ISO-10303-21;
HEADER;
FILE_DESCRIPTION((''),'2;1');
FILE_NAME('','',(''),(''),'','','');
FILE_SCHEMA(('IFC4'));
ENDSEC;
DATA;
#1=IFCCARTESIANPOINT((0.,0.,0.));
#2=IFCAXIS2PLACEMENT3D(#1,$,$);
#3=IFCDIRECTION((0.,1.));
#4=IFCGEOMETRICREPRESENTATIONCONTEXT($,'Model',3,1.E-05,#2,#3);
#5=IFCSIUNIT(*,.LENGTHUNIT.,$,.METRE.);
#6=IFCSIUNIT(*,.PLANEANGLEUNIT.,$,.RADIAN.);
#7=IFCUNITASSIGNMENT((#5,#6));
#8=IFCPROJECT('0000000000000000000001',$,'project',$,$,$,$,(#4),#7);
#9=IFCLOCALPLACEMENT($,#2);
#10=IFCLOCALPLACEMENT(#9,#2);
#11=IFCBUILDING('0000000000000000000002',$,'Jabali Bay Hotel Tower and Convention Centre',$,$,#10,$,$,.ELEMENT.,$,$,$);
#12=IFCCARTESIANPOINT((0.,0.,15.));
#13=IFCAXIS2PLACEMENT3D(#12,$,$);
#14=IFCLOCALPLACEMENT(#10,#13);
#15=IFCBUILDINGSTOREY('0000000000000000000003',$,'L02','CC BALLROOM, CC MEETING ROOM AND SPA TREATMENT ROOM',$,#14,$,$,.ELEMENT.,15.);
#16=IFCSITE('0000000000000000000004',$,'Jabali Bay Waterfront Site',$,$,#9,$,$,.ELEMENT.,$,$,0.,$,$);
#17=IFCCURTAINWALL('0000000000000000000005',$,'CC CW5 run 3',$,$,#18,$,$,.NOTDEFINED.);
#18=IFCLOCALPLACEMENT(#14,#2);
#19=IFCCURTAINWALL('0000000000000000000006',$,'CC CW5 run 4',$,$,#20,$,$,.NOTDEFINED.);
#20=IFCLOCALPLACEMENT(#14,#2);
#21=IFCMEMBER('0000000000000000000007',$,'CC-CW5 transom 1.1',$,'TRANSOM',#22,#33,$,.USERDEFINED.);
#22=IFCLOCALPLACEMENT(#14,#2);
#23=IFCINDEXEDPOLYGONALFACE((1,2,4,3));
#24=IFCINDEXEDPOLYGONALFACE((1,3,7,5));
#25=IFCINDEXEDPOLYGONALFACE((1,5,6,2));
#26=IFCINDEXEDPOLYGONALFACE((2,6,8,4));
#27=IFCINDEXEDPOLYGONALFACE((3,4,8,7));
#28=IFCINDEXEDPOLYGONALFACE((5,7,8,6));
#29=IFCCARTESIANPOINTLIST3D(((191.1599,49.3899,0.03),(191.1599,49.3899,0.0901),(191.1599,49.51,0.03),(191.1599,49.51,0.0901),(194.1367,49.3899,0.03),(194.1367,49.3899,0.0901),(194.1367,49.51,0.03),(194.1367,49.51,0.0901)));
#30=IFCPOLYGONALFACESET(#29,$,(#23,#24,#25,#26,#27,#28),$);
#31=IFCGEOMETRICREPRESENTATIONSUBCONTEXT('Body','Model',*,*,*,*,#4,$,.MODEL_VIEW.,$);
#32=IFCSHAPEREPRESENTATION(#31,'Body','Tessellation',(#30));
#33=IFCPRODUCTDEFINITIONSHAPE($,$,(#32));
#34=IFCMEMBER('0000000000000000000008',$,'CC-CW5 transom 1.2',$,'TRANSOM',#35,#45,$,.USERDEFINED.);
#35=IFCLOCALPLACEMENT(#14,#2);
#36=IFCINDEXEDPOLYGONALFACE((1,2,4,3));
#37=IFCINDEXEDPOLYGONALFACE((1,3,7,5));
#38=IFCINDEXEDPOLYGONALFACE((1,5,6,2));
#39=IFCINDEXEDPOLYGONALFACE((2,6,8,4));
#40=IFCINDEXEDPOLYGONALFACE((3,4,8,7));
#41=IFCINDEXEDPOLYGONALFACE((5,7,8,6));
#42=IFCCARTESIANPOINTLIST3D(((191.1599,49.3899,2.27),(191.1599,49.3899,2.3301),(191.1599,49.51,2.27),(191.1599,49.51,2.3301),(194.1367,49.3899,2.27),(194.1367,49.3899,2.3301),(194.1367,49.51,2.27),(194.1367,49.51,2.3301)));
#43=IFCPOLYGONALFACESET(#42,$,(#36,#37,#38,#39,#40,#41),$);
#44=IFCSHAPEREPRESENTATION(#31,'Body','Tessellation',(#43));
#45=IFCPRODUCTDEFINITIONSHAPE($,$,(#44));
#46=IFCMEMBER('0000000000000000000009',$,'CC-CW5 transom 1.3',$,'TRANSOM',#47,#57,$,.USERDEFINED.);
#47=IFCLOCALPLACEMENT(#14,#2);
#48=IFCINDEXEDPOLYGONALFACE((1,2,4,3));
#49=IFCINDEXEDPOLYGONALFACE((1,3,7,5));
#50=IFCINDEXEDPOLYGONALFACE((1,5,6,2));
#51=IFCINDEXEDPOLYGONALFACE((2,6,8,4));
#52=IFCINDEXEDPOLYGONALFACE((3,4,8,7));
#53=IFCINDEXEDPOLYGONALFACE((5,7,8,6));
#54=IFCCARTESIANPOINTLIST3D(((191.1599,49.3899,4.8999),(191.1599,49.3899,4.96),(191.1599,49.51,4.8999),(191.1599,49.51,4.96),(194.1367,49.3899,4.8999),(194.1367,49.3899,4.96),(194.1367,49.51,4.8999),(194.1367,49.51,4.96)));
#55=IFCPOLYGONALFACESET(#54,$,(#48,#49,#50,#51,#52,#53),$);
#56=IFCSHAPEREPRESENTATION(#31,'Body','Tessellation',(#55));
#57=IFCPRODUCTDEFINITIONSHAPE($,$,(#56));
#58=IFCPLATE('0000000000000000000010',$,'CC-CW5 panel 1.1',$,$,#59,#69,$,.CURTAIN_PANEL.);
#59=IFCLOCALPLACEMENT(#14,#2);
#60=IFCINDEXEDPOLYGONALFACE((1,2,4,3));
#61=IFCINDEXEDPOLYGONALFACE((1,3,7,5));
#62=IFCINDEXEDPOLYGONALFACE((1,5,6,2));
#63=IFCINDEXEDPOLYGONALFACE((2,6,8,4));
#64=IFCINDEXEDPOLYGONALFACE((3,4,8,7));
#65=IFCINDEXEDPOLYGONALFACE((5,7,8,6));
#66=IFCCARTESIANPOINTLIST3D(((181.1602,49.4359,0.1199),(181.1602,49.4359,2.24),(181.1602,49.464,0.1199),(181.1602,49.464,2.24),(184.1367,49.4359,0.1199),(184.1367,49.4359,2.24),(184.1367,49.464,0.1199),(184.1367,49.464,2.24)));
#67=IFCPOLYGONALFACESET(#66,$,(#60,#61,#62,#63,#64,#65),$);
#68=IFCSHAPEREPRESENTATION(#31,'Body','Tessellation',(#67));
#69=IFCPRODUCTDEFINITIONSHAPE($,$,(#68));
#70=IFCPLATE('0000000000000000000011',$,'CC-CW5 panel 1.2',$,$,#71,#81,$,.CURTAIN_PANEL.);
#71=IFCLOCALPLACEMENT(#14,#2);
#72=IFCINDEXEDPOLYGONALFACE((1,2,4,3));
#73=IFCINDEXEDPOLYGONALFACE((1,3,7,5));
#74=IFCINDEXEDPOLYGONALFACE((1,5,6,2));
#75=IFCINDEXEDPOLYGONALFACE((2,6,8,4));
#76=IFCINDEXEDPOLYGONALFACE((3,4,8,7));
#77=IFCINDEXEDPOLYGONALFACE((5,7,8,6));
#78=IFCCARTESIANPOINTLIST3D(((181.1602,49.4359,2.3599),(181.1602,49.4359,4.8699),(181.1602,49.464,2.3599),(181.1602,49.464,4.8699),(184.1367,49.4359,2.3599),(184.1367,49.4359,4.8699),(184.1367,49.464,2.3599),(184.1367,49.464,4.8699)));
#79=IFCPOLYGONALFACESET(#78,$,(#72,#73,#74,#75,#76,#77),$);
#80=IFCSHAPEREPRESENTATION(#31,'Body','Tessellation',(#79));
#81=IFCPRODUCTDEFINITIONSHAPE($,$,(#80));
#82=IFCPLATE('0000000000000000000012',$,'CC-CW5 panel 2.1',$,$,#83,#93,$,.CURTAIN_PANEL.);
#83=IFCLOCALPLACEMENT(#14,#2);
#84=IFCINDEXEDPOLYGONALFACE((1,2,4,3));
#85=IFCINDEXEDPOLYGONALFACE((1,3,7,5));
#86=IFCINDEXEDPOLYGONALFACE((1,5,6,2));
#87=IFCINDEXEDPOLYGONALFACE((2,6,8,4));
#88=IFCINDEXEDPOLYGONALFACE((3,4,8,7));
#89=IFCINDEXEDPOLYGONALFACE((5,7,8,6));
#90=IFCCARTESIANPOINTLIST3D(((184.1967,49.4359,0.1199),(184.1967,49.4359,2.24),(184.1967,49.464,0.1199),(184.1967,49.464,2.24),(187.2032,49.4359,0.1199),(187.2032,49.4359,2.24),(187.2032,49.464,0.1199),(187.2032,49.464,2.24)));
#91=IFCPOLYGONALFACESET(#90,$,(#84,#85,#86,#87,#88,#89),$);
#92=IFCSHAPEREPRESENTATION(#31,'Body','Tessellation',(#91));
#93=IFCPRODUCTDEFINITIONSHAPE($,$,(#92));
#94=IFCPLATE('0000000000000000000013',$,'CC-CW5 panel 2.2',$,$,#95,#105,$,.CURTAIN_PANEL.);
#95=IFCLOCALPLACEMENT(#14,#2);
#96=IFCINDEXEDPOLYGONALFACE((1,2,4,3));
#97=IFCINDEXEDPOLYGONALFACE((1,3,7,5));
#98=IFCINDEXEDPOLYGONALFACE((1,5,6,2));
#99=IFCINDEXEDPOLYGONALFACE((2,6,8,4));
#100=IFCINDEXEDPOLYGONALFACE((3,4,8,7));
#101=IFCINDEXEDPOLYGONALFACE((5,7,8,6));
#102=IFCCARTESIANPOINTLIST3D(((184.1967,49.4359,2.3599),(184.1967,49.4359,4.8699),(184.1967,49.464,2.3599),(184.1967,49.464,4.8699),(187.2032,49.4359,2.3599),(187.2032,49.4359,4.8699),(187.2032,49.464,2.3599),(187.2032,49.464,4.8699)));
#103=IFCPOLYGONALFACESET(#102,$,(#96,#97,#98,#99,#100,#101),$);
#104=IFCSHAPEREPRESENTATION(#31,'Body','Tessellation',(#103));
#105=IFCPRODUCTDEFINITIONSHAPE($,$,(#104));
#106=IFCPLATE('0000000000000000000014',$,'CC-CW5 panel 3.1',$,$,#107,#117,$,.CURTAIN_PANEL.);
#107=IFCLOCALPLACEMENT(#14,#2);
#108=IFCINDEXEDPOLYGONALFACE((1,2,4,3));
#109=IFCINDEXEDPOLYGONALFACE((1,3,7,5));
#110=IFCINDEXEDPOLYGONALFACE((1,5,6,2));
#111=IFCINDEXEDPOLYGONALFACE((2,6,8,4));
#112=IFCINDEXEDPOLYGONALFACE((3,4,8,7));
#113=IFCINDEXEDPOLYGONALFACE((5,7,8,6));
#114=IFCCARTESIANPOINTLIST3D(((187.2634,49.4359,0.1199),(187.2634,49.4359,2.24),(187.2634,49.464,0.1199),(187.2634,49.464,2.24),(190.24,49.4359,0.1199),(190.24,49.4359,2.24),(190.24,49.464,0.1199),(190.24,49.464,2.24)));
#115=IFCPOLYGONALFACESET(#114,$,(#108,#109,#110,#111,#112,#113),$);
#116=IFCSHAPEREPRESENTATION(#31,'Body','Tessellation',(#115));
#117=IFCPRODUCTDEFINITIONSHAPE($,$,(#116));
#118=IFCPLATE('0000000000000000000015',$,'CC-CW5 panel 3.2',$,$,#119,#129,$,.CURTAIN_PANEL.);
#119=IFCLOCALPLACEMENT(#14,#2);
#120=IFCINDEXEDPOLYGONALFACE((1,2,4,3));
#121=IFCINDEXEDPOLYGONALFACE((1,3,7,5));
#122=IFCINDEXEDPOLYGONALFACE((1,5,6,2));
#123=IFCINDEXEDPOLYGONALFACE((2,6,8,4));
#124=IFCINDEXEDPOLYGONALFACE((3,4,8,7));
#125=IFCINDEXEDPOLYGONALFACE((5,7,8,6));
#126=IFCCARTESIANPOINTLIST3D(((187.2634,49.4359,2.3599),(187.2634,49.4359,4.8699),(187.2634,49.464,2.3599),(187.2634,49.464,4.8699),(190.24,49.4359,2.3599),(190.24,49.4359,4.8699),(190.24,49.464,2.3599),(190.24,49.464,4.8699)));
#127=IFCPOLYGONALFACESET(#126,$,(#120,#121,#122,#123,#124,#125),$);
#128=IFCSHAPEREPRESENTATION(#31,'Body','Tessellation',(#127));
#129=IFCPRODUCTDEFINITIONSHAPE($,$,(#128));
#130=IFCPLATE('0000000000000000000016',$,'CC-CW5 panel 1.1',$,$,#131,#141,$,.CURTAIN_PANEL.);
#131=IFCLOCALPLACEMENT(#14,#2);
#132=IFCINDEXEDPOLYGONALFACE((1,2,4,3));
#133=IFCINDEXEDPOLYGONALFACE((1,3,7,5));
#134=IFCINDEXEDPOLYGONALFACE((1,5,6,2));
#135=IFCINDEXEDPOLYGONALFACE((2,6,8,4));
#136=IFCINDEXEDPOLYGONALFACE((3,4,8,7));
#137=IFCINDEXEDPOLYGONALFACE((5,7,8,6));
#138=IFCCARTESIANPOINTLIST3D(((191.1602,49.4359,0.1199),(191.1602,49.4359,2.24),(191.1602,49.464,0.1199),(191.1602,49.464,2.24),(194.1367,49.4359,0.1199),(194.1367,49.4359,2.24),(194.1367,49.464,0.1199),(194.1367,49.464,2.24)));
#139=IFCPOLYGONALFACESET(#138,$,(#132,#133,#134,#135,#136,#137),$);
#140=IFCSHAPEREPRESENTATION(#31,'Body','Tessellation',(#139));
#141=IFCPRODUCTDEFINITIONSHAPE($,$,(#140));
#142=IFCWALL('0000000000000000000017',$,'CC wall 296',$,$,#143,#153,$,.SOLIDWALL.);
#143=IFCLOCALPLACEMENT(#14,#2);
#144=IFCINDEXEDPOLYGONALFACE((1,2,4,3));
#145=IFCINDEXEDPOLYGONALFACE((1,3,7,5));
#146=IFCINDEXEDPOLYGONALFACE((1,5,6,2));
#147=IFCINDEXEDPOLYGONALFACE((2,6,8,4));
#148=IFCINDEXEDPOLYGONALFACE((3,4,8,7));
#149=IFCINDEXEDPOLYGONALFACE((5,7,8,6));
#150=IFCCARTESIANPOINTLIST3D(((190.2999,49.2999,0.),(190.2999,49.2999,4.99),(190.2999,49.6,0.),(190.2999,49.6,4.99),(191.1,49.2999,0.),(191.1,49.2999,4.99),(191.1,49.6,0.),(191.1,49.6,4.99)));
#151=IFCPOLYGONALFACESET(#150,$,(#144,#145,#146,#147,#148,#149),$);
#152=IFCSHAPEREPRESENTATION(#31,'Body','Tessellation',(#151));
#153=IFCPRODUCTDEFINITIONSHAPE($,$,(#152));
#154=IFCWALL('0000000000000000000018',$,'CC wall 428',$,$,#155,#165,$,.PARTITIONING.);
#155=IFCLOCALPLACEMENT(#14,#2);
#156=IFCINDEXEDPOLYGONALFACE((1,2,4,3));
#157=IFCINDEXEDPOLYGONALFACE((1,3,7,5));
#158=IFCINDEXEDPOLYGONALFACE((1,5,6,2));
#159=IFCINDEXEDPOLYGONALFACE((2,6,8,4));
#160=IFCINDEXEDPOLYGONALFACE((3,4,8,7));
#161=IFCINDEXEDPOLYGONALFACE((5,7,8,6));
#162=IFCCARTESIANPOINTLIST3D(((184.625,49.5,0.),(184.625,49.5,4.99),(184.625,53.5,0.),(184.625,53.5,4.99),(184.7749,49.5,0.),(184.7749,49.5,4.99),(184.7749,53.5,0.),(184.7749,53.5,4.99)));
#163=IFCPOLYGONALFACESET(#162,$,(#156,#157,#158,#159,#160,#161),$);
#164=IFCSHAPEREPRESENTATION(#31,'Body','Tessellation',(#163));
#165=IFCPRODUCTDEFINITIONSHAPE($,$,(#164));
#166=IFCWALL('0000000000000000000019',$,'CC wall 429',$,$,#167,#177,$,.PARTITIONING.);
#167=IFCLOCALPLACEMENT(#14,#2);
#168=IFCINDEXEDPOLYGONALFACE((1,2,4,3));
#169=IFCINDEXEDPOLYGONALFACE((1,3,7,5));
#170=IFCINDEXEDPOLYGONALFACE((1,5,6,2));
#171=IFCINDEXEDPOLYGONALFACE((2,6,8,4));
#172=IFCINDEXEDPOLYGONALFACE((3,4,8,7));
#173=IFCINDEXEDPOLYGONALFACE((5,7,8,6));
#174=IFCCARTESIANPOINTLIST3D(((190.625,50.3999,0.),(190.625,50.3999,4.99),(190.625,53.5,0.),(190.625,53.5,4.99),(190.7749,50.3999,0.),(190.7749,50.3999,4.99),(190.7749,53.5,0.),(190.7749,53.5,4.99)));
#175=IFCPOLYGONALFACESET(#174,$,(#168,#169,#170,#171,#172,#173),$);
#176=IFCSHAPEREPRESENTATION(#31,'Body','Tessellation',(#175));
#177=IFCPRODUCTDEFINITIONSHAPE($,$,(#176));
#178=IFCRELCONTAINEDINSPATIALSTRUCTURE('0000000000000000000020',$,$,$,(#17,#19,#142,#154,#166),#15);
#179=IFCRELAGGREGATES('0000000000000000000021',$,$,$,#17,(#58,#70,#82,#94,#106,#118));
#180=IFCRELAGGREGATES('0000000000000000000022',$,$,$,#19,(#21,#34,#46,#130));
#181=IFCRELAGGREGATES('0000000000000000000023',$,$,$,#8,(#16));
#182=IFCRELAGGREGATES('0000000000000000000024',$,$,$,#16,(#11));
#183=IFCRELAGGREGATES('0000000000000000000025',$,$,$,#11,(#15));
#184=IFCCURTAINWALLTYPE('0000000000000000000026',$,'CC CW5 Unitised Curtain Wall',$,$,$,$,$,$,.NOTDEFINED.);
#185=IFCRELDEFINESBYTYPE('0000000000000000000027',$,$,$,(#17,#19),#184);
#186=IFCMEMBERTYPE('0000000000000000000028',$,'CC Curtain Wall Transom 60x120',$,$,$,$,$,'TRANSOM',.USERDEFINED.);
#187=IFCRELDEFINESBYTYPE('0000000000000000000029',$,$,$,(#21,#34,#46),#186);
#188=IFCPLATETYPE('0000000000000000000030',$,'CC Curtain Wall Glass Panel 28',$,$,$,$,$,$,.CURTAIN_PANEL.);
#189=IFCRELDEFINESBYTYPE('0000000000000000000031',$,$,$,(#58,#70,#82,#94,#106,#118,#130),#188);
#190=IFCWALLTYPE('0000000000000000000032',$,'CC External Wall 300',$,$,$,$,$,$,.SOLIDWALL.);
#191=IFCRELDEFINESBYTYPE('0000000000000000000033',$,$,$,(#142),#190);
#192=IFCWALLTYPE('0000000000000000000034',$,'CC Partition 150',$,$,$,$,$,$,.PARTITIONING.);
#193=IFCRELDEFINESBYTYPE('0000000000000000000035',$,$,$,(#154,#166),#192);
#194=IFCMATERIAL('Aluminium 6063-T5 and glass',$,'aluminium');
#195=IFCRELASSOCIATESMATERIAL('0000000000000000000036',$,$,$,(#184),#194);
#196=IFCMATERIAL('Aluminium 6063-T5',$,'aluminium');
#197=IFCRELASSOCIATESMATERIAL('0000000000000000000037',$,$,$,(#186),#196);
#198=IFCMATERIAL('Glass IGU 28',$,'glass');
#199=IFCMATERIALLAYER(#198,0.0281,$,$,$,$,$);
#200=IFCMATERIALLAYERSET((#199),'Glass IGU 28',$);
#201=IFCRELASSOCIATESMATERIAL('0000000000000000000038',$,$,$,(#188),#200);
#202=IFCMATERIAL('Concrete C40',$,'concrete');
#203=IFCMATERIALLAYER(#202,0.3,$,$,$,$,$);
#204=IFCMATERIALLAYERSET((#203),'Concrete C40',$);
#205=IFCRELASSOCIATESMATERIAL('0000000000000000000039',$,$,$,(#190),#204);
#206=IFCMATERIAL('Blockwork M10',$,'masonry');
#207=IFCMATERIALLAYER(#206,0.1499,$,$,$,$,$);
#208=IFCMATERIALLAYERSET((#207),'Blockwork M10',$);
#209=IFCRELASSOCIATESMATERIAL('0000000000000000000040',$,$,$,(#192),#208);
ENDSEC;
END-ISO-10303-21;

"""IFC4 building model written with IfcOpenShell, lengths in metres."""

from ifc_helpers import new_model, si_unit, direction, frame, frame_2d, origin, origin_2d, place, context, subcontext, project, spatial, rectangle, extrude, material, layer, layer_set, material_profile, profile_set, type_object, element, aggregate, save


model = new_model("IFC4")

# Units and contexts
model_context = context("Model", 3, precision=1e-05, world=origin(), true_north=direction((0.0, 1.0)))
body_context = subcontext(model_context, "Body", "Model", "MODEL_VIEW")
ifc_project = project(units=[si_unit("LENGTHUNIT", "METRE"), si_unit("PLANEANGLEUNIT", "RADIAN")], contexts=[model_context])

# Site, building, storey
site_placement = place(None, origin())
site = spatial("IfcSite", under=ifc_project, at=site_placement, Name="Jabali Bay Waterfront Site", CompositionType="ELEMENT", RefElevation=0.0)
building_placement = place(site_placement, origin())
building = spatial("IfcBuilding", under=site, at=building_placement, Name="Jabali Bay Hotel Tower and Convention Centre", CompositionType="ELEMENT")
storey_placement = place(building_placement, frame((0.0, 0.0, 15.0)))
storey = spatial("IfcBuildingStorey", under=building, at=storey_placement, Name="L02", Description="CC BALLROOM, CC MEETING ROOM AND SPA TREATMENT ROOM", CompositionType="ELEMENT", Elevation=15.0)

# Curtain wall
ifc_material_1 = material(Name="Aluminium 6063-T5 and glass", Category="aluminium")
curtain_wall_type = type_object("IfcCurtainWallType", Name="CC CW5 Unitised Curtain Wall", PredefinedType="NOTDEFINED", material=ifc_material_1)
curtain_wall_1_placement = place(storey_placement, origin())
curtain_wall_1 = element("IfcCurtainWall", 1, at=curtain_wall_1_placement, inside=storey, type_object=curtain_wall_type, Name="CC CW5 run 3", PredefinedType="NOTDEFINED")
ifc_material_2 = material(Name="Aluminium 6063-T5", Category="aluminium")

# Curtain wall
curtain_wall_2_placement = place(storey_placement, origin())
curtain_wall_2 = element("IfcCurtainWall", 2, at=curtain_wall_2_placement, inside=storey, type_object=curtain_wall_type, Name="CC CW5 run 4", PredefinedType="NOTDEFINED")

# Members
ifc_material_profile_1 = material_profile(ifc_material_2, rectangle(XDim=0.1201, YDim=0.0601, at=origin_2d()), Name="AL 120x60")
ifc_profile_set_1 = profile_set([ifc_material_profile_1], Name="Aluminium 6063-T5")
member_type_1 = type_object("IfcMemberType", Name="CC Curtain Wall Transom 60x120", ElementType="TRANSOM", PredefinedType="USERDEFINED", material=ifc_profile_set_1)
member_1_placement = place(storey_placement, frame((191.1599, 49.45, 0.0601), z_axis=(1.0, 0.0, 0.0), x_axis=(0.0, 1.0, 0.0)))
member_1 = element("IfcMember", 3, at=member_1_placement, type_object=member_type_1, Name="CC-CW5 transom 1.1", ObjectType="TRANSOM", PredefinedType="USERDEFINED", context=body_context, shape_type="SweptSolid", body=[
    extrude(rectangle(XDim=0.1201, YDim=0.0601, at=origin_2d()), origin(), (0.0, 0.0, 1.0), 2.9768),
])
member_2_placement = place(storey_placement, frame((191.1599, 49.45, 2.3), z_axis=(1.0, 0.0, 0.0), x_axis=(0.0, 1.0, 0.0)))
member_2 = element("IfcMember", 4, at=member_2_placement, type_object=member_type_1, Name="CC-CW5 transom 1.2", ObjectType="TRANSOM", PredefinedType="USERDEFINED", context=body_context, shape_type="SweptSolid", body=[
    extrude(rectangle(XDim=0.1201, YDim=0.0601, at=origin_2d()), origin(), (0.0, 0.0, 1.0), 2.9768),
])
member_3_placement = place(storey_placement, frame((191.1599, 49.45, 4.9299), z_axis=(1.0, 0.0, 0.0), x_axis=(0.0, 1.0, 0.0)))
member_3 = element("IfcMember", 5, at=member_3_placement, type_object=member_type_1, Name="CC-CW5 transom 1.3", ObjectType="TRANSOM", PredefinedType="USERDEFINED", context=body_context, shape_type="SweptSolid", body=[
    extrude(rectangle(XDim=0.1201, YDim=0.0601, at=origin_2d()), origin(), (0.0, 0.0, 1.0), 2.9768),
])

# Plates
ifc_material_3 = material(Name="Glass IGU 28", Category="glass")
ifc_layer_1 = layer(ifc_material_3, 0.0281)
ifc_layer_set_1 = layer_set([ifc_layer_1], Name="Glass IGU 28")
plate_type = type_object("IfcPlateType", Name="CC Curtain Wall Glass Panel 28", PredefinedType="CURTAIN_PANEL", material=ifc_layer_set_1)
plate_1_placement = place(storey_placement, frame((182.6484, 49.45, 0.1199), z_axis=(0.0, 0.0, 1.0), x_axis=(1.0, 0.0, 0.0)))
plate_1 = element("IfcPlate", 6, at=plate_1_placement, type_object=plate_type, Name="CC-CW5 panel 1.1", PredefinedType="CURTAIN_PANEL", context=body_context, shape_type="SweptSolid", body=[
    extrude(rectangle(XDim=2.9766, YDim=0.0281, at=origin_2d()), origin(), (0.0, 0.0, 1.0), 2.1201),
])
plate_2_placement = place(storey_placement, frame((182.6484, 49.45, 2.3599), z_axis=(0.0, 0.0, 1.0), x_axis=(1.0, 0.0, 0.0)))
plate_2 = element("IfcPlate", 7, at=plate_2_placement, type_object=plate_type, Name="CC-CW5 panel 1.2", PredefinedType="CURTAIN_PANEL", context=body_context, shape_type="SweptSolid", body=[
    extrude(rectangle(XDim=2.9766, YDim=0.0281, at=origin_2d()), origin(), (0.0, 0.0, 1.0), 2.51),
])
plate_3_placement = place(storey_placement, frame((185.7, 49.45, 0.1199), z_axis=(0.0, 0.0, 1.0), x_axis=(1.0, 0.0, 0.0)))
plate_3 = element("IfcPlate", 8, at=plate_3_placement, type_object=plate_type, Name="CC-CW5 panel 2.1", PredefinedType="CURTAIN_PANEL", context=body_context, shape_type="SweptSolid", body=[
    extrude(rectangle(XDim=3.0066, YDim=0.0281, at=origin_2d()), origin(), (0.0, 0.0, 1.0), 2.1201),
])
plate_4_placement = place(storey_placement, frame((185.7, 49.45, 2.3599), z_axis=(0.0, 0.0, 1.0), x_axis=(1.0, 0.0, 0.0)))
plate_4 = element("IfcPlate", 9, at=plate_4_placement, type_object=plate_type, Name="CC-CW5 panel 2.2", PredefinedType="CURTAIN_PANEL", context=body_context, shape_type="SweptSolid", body=[
    extrude(rectangle(XDim=3.0066, YDim=0.0281, at=origin_2d()), origin(), (0.0, 0.0, 1.0), 2.51),
])
plate_5_placement = place(storey_placement, frame((188.7517, 49.45, 0.1199), z_axis=(0.0, 0.0, 1.0), x_axis=(1.0, 0.0, 0.0)))
plate_5 = element("IfcPlate", 10, at=plate_5_placement, type_object=plate_type, Name="CC-CW5 panel 3.1", PredefinedType="CURTAIN_PANEL", context=body_context, shape_type="SweptSolid", body=[
    extrude(rectangle(XDim=2.9766, YDim=0.0281, at=origin_2d()), origin(), (0.0, 0.0, 1.0), 2.1201),
])
plate_6_placement = place(storey_placement, frame((188.7517, 49.45, 2.3599), z_axis=(0.0, 0.0, 1.0), x_axis=(1.0, 0.0, 0.0)))
plate_6 = element("IfcPlate", 11, at=plate_6_placement, type_object=plate_type, Name="CC-CW5 panel 3.2", PredefinedType="CURTAIN_PANEL", context=body_context, shape_type="SweptSolid", body=[
    extrude(rectangle(XDim=2.9766, YDim=0.0281, at=origin_2d()), origin(), (0.0, 0.0, 1.0), 2.51),
])
aggregate(curtain_wall_1, [plate_1, plate_2, plate_3, plate_4, plate_5, plate_6])
plate_7_placement = place(storey_placement, frame((192.6484, 49.45, 0.1199), z_axis=(0.0, 0.0, 1.0), x_axis=(1.0, 0.0, 0.0)))
plate_7 = element("IfcPlate", 12, at=plate_7_placement, type_object=plate_type, Name="CC-CW5 panel 1.1", PredefinedType="CURTAIN_PANEL", context=body_context, shape_type="SweptSolid", body=[
    extrude(rectangle(XDim=2.9766, YDim=0.0281, at=origin_2d()), origin(), (0.0, 0.0, 1.0), 2.1201),
])
aggregate(curtain_wall_2, [member_1, member_2, member_3, plate_7])

# Walls
ifc_material_4 = material(Name="Concrete C40", Category="concrete")
ifc_layer_2 = layer(ifc_material_4, 0.3)
ifc_layer_set_2 = layer_set([ifc_layer_2], Name="Concrete C40")
wall_type_1 = type_object("IfcWallType", Name="CC External Wall 300", PredefinedType="SOLIDWALL", material=ifc_layer_set_2)
wall_1_placement = place(storey_placement, frame((190.3, 49.45, 0.0), z_axis=(0.0, 0.0, 1.0), x_axis=(1.0, 0.0, 0.0)))
element("IfcWall", 13, at=wall_1_placement, inside=storey, type_object=wall_type_1, Name="CC wall 296", PredefinedType="SOLIDWALL", context=body_context, shape_type="SweptSolid", body=[
    extrude(rectangle(XDim=0.8, YDim=0.3, at=frame_2d((0.3999, 0.0))), origin(), (0.0, 0.0, 1.0), 4.99),
])
ifc_material_5 = material(Name="Blockwork M10", Category="masonry")
ifc_layer_3 = layer(ifc_material_5, 0.1499)
ifc_layer_set_3 = layer_set([ifc_layer_3], Name="Blockwork M10")
wall_type_2 = type_object("IfcWallType", Name="CC Partition 150", PredefinedType="PARTITIONING", material=ifc_layer_set_3)
wall_2_placement = place(storey_placement, frame((184.7, 49.5, 0.0), z_axis=(0.0, 0.0, 1.0), x_axis=(0.0, 1.0, 0.0)))
element("IfcWall", 14, at=wall_2_placement, inside=storey, type_object=wall_type_2, Name="CC wall 428", PredefinedType="PARTITIONING", context=body_context, shape_type="SweptSolid", body=[
    extrude(rectangle(XDim=4.0, YDim=0.1499, at=frame_2d((2.0, 0.0))), origin(), (0.0, 0.0, 1.0), 4.99),
])
wall_3_placement = place(storey_placement, frame((190.7, 50.3999, 0.0), z_axis=(0.0, 0.0, 1.0), x_axis=(0.0, 1.0, 0.0)))
element("IfcWall", 15, at=wall_3_placement, inside=storey, type_object=wall_type_2, Name="CC wall 429", PredefinedType="PARTITIONING", context=body_context, shape_type="SweptSolid", body=[
    extrude(rectangle(XDim=3.1001, YDim=0.1499, at=frame_2d((1.55, 0.0))), origin(), (0.0, 0.0, 1.0), 4.99),
])

save(model, "model.ifc")
